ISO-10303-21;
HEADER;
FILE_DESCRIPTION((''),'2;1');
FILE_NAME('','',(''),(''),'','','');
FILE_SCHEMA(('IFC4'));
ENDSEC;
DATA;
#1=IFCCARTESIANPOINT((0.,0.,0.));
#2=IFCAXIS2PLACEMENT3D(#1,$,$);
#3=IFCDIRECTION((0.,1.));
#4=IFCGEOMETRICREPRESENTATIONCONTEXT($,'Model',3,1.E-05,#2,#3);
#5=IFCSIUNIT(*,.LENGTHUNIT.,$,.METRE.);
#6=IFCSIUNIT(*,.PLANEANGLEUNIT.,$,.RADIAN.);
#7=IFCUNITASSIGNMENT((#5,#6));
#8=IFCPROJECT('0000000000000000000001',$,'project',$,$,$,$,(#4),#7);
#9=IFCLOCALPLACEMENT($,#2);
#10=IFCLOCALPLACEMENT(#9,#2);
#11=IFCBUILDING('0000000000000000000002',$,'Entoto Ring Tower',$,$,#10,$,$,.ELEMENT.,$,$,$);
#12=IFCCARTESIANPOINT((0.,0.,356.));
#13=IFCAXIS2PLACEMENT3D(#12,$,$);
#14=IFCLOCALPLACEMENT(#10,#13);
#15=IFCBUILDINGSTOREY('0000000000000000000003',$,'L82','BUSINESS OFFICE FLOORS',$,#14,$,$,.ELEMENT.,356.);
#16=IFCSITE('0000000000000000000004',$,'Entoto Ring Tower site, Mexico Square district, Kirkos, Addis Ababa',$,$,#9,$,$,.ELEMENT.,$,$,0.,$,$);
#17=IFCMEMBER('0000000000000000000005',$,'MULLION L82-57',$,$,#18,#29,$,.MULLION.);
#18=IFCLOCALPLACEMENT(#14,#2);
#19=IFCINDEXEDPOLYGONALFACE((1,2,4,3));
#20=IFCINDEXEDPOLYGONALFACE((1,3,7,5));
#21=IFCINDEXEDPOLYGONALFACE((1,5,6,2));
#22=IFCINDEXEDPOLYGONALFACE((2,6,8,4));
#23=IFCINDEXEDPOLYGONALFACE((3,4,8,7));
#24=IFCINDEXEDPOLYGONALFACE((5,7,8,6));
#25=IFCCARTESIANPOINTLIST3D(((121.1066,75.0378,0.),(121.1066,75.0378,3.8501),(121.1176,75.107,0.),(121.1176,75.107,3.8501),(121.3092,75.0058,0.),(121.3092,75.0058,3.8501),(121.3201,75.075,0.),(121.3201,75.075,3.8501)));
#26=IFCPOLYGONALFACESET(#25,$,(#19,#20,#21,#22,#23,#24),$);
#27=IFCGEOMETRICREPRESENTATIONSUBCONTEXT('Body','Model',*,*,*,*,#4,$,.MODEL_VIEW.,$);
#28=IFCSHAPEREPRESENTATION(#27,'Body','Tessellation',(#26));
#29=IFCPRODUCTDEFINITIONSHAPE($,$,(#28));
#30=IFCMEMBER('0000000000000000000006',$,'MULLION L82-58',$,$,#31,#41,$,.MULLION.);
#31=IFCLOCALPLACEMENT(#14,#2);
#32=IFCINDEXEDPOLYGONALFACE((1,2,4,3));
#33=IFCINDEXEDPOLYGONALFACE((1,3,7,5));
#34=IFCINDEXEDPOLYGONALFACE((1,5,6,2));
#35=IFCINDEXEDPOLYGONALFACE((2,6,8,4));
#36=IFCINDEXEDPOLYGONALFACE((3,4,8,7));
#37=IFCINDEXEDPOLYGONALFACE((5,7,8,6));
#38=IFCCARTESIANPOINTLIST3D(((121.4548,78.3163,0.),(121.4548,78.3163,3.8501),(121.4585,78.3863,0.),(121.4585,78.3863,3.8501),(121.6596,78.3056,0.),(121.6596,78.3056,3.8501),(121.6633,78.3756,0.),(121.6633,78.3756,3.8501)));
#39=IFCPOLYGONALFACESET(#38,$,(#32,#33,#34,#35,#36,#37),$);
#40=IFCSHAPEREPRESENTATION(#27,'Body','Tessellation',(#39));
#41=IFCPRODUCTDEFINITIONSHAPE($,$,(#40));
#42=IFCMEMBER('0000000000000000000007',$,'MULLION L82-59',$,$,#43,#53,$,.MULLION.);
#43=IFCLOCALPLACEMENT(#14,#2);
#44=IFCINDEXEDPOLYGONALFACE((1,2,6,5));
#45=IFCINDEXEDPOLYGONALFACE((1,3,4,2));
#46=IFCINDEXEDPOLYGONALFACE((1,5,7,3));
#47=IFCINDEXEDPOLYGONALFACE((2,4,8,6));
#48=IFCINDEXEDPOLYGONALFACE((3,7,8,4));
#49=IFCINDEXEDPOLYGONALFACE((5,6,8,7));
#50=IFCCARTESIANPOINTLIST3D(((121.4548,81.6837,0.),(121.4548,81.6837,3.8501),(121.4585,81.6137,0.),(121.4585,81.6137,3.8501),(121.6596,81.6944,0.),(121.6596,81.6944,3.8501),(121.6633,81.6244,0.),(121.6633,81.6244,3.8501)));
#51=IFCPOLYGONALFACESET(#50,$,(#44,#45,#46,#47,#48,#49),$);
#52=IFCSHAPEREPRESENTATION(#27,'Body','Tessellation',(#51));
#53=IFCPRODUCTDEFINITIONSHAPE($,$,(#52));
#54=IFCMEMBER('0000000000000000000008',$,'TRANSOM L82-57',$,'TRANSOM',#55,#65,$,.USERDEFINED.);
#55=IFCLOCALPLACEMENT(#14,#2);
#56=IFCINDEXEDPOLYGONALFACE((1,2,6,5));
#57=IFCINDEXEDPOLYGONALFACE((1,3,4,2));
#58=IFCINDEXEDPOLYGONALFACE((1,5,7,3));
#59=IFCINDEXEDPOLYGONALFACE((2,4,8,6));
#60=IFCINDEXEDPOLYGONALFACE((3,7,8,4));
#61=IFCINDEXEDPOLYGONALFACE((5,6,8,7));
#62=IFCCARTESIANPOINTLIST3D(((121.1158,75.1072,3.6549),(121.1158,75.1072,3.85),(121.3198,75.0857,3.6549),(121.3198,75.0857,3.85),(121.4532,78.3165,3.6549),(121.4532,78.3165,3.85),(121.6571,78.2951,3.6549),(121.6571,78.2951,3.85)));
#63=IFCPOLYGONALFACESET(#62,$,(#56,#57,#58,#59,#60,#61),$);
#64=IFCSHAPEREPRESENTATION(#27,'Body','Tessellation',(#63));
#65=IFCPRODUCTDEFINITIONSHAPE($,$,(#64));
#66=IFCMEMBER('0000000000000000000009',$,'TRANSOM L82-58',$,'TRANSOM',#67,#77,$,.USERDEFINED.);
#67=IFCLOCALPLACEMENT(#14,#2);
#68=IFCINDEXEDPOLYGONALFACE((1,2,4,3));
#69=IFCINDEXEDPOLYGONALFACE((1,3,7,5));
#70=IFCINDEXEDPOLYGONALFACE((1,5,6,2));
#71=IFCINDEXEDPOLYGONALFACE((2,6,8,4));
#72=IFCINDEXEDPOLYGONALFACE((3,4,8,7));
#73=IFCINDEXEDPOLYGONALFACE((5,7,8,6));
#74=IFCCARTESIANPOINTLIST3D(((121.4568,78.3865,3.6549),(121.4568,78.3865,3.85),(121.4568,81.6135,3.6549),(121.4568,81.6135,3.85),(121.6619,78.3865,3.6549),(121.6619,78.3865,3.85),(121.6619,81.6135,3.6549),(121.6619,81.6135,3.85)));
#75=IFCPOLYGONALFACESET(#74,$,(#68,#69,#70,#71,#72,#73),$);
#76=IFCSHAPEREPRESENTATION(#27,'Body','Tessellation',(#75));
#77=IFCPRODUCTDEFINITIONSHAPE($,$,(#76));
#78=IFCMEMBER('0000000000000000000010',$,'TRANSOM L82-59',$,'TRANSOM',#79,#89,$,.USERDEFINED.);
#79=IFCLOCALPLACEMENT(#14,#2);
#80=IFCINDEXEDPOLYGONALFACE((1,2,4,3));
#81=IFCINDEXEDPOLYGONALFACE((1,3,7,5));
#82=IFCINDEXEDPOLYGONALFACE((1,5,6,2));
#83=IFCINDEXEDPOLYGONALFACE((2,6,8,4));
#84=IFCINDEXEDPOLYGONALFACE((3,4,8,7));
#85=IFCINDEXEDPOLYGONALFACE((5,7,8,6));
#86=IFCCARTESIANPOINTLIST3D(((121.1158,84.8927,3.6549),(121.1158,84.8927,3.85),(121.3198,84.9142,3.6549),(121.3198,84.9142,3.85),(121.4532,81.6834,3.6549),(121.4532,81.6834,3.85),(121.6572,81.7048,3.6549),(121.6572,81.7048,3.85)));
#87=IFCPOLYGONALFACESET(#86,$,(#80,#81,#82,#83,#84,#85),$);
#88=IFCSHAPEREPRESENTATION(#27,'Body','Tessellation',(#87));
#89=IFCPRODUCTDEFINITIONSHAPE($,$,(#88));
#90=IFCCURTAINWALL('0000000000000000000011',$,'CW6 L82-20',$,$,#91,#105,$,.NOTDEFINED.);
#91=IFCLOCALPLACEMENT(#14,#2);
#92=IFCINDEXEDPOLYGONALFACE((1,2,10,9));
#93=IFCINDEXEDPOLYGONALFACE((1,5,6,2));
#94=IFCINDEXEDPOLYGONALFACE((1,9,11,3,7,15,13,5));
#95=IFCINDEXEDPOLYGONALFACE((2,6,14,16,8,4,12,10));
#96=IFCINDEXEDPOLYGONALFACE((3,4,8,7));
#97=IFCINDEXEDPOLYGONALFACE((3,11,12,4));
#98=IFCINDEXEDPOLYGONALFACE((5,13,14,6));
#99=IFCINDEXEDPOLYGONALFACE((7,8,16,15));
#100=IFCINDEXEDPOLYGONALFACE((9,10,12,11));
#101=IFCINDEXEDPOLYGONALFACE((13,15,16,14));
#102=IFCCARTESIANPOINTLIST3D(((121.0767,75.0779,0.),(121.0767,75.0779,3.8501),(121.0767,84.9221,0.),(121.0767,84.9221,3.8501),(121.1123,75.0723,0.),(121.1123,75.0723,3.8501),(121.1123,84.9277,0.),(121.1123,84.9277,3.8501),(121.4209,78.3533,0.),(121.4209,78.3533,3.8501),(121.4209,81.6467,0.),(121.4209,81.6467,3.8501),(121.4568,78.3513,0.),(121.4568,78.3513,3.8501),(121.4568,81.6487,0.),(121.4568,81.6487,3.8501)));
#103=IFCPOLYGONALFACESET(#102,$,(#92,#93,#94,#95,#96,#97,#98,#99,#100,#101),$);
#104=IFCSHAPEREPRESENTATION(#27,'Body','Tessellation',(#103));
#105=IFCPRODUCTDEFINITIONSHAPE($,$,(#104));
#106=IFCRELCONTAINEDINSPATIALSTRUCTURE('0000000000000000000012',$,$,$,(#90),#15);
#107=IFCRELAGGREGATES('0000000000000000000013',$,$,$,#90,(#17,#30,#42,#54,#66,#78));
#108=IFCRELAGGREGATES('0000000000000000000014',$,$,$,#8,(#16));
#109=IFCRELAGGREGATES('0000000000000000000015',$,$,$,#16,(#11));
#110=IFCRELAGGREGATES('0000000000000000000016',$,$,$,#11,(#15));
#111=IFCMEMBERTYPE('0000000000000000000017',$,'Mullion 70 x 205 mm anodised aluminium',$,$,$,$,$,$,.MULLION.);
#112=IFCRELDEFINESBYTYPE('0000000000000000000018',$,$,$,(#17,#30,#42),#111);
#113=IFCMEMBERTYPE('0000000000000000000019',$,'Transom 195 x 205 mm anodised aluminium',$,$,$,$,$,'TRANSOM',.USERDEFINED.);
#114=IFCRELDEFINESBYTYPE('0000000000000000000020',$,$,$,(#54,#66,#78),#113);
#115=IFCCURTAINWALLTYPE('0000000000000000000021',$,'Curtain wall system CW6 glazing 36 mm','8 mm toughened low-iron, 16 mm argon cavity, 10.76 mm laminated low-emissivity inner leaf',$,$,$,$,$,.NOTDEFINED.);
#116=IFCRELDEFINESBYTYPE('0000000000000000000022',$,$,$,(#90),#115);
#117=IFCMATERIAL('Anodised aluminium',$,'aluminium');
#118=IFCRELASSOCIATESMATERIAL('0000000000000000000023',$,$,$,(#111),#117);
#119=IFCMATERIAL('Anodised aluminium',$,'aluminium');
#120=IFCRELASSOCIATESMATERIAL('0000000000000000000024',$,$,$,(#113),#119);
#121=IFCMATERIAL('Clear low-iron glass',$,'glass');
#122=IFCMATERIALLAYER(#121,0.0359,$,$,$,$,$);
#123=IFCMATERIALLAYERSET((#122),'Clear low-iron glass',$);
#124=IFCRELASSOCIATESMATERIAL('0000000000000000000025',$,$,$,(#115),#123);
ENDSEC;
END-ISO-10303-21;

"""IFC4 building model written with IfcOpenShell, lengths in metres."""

from ifc_helpers import new_model, si_unit, direction, frame, origin, origin_2d, place, context, subcontext, project, spatial, polyline, rectangle, outline, extrude, material, layer, layer_set, material_profile, profile_set, type_object, element, aggregate, save


model = new_model("IFC4")

# Units and contexts
model_context = context("Model", 3, precision=1e-05, world=origin(), true_north=direction((0.0, 1.0)))
body_context = subcontext(model_context, "Body", "Model", "MODEL_VIEW")
ifc_project = project(units=[si_unit("LENGTHUNIT", "METRE"), si_unit("PLANEANGLEUNIT", "RADIAN")], contexts=[model_context])

# Members
ifc_material_1 = material(Name="Anodised aluminium", Category="aluminium")
ifc_material_profile_1 = material_profile(ifc_material_1, rectangle(XDim=0.0701, YDim=0.2051, at=origin_2d()), Name="Mullion 70 x 205 mm anodised aluminium")
ifc_profile_set_1 = profile_set([ifc_material_profile_1], Name="Anodised aluminium")
member_type_1 = type_object("IfcMemberType", Name="Mullion 70 x 205 mm anodised aluminium", PredefinedType="MULLION", material=ifc_profile_set_1)
site_placement = place(None, origin())
building_placement = place(site_placement, origin())
storey_placement = place(building_placement, frame((0.0, 0.0, 356.0)))
member_1_placement = place(storey_placement, frame((121.2134, 75.0564, 0.0), z_axis=(0.0, 0.0, 1.0), x_axis=(0.156434, 0.987688, 0.0)))
member_1 = element("IfcMember", 1, at=member_1_placement, type_object=member_type_1, Name="MULLION L82-57", PredefinedType="MULLION", context=body_context, shape_type="SweptSolid", body=[
    extrude(rectangle(XDim=0.0701, YDim=0.2051, at=origin_2d()), origin(), (0.0, 0.0, 1.0), 3.8501),
])
member_2_placement = place(storey_placement, frame((121.5591, 78.3459, 0.0), z_axis=(0.0, 0.0, 1.0), x_axis=(0.052336, 0.99863, 0.0)))
member_2 = element("IfcMember", 2, at=member_2_placement, type_object=member_type_1, Name="MULLION L82-58", PredefinedType="MULLION", context=body_context, shape_type="SweptSolid", body=[
    extrude(rectangle(XDim=0.0701, YDim=0.2051, at=origin_2d()), origin(), (0.0, 0.0, 1.0), 3.8501),
])
member_3_placement = place(storey_placement, frame((121.5591, 81.6541, 0.0), z_axis=(0.0, 0.0, 1.0), x_axis=(-0.052336, 0.99863, 0.0)))
member_3 = element("IfcMember", 3, at=member_3_placement, type_object=member_type_1, Name="MULLION L82-59", PredefinedType="MULLION", context=body_context, shape_type="SweptSolid", body=[
    extrude(rectangle(XDim=0.0701, YDim=0.2051, at=origin_2d()), origin(), (0.0, 0.0, 1.0), 3.8501),
])
ifc_material_2 = material(Name="Anodised aluminium", Category="aluminium")
ifc_material_profile_2 = material_profile(ifc_material_2, rectangle(XDim=0.2051, YDim=0.1951, at=origin_2d()), Name="Transom 195 x 205 mm anodised aluminium")
ifc_profile_set_2 = profile_set([ifc_material_profile_2], Name="Anodised aluminium")
member_type_2 = type_object("IfcMemberType", Name="Transom 195 x 205 mm anodised aluminium", ElementType="TRANSOM", PredefinedType="USERDEFINED", material=ifc_profile_set_2)
member_4_placement = place(storey_placement, frame((121.2178, 75.0964, 3.7524), z_axis=(0.104551, 0.99452, 0.0), x_axis=(-0.99452, 0.104551, 0.0)))
member_4 = element("IfcMember", 4, at=member_4_placement, type_object=member_type_2, Name="TRANSOM L82-57", ObjectType="TRANSOM", PredefinedType="USERDEFINED", context=body_context, shape_type="SweptSolid", body=[
    extrude(rectangle(XDim=0.2051, YDim=0.1951, at=origin_2d()), origin(), (0.0, 0.0, 1.0), 3.2271),
])
member_5_placement = place(storey_placement, frame((121.5593, 78.3865, 3.7524), z_axis=(0.0, 1.0, 0.0), x_axis=(-1.0, 0.0, 0.0)))
member_5 = element("IfcMember", 5, at=member_5_placement, type_object=member_type_2, Name="TRANSOM L82-58", ObjectType="TRANSOM", PredefinedType="USERDEFINED", context=body_context, shape_type="SweptSolid", body=[
    extrude(rectangle(XDim=0.2051, YDim=0.1951, at=origin_2d()), origin(), (0.0, 0.0, 1.0), 3.2271),
])
member_6_placement = place(storey_placement, frame((121.5552, 81.6941, 3.7524), z_axis=(-0.104551, 0.99452, 0.0), x_axis=(-0.99452, -0.104551, 0.0)))
member_6 = element("IfcMember", 6, at=member_6_placement, type_object=member_type_2, Name="TRANSOM L82-59", ObjectType="TRANSOM", PredefinedType="USERDEFINED", context=body_context, shape_type="SweptSolid", body=[
    extrude(rectangle(XDim=0.2051, YDim=0.1951, at=origin_2d()), origin(), (0.0, 0.0, 1.0), 3.2271),
])

# Site, building, storey
site = spatial("IfcSite", under=ifc_project, at=site_placement, Name="Entoto Ring Tower site, Mexico Square district, Kirkos, Addis Ababa", CompositionType="ELEMENT", RefElevation=0.0)
building = spatial("IfcBuilding", under=site, at=building_placement, Name="Entoto Ring Tower", CompositionType="ELEMENT")
storey = spatial("IfcBuildingStorey", under=building, at=storey_placement, Name="L82", Description="BUSINESS OFFICE FLOORS", CompositionType="ELEMENT", Elevation=356.0)

# Curtain wall
ifc_material_3 = material(Name="Clear low-iron glass", Category="glass")
ifc_layer = layer(ifc_material_3, 0.0359)
ifc_layer_set = layer_set([ifc_layer], Name="Clear low-iron glass")
curtain_wall_type = type_object("IfcCurtainWallType", Name="Curtain wall system CW6 glazing 36 mm", Description="8 mm toughened low-iron, 16 mm argon cavity, 10.76 mm laminated low-emissivity inner leaf", PredefinedType="NOTDEFINED", material=ifc_layer_set)
curtain_wall_1_placement = place(storey_placement, origin())
curtain_wall_1 = element("IfcCurtainWall", 7, at=curtain_wall_1_placement, inside=storey, type_object=curtain_wall_type, Name="CW6 L82-20", PredefinedType="NOTDEFINED", context=body_context, shape_type="SweptSolid", body=[
    extrude(outline(polyline([(121.1123, 75.0723), (121.4568, 78.3513), (121.4568, 81.6487), (121.1123, 84.9277), (121.0767, 84.9221), (121.4209, 81.6467), (121.4209, 78.3533), (121.0767, 75.0779), (121.1123, 75.0723)])), origin(), (0.0, 0.0, 1.0), 3.8501),
])
aggregate(curtain_wall_1, [member_1, member_2, member_3, member_4, member_5, member_6])

save(model, "model.ifc")
